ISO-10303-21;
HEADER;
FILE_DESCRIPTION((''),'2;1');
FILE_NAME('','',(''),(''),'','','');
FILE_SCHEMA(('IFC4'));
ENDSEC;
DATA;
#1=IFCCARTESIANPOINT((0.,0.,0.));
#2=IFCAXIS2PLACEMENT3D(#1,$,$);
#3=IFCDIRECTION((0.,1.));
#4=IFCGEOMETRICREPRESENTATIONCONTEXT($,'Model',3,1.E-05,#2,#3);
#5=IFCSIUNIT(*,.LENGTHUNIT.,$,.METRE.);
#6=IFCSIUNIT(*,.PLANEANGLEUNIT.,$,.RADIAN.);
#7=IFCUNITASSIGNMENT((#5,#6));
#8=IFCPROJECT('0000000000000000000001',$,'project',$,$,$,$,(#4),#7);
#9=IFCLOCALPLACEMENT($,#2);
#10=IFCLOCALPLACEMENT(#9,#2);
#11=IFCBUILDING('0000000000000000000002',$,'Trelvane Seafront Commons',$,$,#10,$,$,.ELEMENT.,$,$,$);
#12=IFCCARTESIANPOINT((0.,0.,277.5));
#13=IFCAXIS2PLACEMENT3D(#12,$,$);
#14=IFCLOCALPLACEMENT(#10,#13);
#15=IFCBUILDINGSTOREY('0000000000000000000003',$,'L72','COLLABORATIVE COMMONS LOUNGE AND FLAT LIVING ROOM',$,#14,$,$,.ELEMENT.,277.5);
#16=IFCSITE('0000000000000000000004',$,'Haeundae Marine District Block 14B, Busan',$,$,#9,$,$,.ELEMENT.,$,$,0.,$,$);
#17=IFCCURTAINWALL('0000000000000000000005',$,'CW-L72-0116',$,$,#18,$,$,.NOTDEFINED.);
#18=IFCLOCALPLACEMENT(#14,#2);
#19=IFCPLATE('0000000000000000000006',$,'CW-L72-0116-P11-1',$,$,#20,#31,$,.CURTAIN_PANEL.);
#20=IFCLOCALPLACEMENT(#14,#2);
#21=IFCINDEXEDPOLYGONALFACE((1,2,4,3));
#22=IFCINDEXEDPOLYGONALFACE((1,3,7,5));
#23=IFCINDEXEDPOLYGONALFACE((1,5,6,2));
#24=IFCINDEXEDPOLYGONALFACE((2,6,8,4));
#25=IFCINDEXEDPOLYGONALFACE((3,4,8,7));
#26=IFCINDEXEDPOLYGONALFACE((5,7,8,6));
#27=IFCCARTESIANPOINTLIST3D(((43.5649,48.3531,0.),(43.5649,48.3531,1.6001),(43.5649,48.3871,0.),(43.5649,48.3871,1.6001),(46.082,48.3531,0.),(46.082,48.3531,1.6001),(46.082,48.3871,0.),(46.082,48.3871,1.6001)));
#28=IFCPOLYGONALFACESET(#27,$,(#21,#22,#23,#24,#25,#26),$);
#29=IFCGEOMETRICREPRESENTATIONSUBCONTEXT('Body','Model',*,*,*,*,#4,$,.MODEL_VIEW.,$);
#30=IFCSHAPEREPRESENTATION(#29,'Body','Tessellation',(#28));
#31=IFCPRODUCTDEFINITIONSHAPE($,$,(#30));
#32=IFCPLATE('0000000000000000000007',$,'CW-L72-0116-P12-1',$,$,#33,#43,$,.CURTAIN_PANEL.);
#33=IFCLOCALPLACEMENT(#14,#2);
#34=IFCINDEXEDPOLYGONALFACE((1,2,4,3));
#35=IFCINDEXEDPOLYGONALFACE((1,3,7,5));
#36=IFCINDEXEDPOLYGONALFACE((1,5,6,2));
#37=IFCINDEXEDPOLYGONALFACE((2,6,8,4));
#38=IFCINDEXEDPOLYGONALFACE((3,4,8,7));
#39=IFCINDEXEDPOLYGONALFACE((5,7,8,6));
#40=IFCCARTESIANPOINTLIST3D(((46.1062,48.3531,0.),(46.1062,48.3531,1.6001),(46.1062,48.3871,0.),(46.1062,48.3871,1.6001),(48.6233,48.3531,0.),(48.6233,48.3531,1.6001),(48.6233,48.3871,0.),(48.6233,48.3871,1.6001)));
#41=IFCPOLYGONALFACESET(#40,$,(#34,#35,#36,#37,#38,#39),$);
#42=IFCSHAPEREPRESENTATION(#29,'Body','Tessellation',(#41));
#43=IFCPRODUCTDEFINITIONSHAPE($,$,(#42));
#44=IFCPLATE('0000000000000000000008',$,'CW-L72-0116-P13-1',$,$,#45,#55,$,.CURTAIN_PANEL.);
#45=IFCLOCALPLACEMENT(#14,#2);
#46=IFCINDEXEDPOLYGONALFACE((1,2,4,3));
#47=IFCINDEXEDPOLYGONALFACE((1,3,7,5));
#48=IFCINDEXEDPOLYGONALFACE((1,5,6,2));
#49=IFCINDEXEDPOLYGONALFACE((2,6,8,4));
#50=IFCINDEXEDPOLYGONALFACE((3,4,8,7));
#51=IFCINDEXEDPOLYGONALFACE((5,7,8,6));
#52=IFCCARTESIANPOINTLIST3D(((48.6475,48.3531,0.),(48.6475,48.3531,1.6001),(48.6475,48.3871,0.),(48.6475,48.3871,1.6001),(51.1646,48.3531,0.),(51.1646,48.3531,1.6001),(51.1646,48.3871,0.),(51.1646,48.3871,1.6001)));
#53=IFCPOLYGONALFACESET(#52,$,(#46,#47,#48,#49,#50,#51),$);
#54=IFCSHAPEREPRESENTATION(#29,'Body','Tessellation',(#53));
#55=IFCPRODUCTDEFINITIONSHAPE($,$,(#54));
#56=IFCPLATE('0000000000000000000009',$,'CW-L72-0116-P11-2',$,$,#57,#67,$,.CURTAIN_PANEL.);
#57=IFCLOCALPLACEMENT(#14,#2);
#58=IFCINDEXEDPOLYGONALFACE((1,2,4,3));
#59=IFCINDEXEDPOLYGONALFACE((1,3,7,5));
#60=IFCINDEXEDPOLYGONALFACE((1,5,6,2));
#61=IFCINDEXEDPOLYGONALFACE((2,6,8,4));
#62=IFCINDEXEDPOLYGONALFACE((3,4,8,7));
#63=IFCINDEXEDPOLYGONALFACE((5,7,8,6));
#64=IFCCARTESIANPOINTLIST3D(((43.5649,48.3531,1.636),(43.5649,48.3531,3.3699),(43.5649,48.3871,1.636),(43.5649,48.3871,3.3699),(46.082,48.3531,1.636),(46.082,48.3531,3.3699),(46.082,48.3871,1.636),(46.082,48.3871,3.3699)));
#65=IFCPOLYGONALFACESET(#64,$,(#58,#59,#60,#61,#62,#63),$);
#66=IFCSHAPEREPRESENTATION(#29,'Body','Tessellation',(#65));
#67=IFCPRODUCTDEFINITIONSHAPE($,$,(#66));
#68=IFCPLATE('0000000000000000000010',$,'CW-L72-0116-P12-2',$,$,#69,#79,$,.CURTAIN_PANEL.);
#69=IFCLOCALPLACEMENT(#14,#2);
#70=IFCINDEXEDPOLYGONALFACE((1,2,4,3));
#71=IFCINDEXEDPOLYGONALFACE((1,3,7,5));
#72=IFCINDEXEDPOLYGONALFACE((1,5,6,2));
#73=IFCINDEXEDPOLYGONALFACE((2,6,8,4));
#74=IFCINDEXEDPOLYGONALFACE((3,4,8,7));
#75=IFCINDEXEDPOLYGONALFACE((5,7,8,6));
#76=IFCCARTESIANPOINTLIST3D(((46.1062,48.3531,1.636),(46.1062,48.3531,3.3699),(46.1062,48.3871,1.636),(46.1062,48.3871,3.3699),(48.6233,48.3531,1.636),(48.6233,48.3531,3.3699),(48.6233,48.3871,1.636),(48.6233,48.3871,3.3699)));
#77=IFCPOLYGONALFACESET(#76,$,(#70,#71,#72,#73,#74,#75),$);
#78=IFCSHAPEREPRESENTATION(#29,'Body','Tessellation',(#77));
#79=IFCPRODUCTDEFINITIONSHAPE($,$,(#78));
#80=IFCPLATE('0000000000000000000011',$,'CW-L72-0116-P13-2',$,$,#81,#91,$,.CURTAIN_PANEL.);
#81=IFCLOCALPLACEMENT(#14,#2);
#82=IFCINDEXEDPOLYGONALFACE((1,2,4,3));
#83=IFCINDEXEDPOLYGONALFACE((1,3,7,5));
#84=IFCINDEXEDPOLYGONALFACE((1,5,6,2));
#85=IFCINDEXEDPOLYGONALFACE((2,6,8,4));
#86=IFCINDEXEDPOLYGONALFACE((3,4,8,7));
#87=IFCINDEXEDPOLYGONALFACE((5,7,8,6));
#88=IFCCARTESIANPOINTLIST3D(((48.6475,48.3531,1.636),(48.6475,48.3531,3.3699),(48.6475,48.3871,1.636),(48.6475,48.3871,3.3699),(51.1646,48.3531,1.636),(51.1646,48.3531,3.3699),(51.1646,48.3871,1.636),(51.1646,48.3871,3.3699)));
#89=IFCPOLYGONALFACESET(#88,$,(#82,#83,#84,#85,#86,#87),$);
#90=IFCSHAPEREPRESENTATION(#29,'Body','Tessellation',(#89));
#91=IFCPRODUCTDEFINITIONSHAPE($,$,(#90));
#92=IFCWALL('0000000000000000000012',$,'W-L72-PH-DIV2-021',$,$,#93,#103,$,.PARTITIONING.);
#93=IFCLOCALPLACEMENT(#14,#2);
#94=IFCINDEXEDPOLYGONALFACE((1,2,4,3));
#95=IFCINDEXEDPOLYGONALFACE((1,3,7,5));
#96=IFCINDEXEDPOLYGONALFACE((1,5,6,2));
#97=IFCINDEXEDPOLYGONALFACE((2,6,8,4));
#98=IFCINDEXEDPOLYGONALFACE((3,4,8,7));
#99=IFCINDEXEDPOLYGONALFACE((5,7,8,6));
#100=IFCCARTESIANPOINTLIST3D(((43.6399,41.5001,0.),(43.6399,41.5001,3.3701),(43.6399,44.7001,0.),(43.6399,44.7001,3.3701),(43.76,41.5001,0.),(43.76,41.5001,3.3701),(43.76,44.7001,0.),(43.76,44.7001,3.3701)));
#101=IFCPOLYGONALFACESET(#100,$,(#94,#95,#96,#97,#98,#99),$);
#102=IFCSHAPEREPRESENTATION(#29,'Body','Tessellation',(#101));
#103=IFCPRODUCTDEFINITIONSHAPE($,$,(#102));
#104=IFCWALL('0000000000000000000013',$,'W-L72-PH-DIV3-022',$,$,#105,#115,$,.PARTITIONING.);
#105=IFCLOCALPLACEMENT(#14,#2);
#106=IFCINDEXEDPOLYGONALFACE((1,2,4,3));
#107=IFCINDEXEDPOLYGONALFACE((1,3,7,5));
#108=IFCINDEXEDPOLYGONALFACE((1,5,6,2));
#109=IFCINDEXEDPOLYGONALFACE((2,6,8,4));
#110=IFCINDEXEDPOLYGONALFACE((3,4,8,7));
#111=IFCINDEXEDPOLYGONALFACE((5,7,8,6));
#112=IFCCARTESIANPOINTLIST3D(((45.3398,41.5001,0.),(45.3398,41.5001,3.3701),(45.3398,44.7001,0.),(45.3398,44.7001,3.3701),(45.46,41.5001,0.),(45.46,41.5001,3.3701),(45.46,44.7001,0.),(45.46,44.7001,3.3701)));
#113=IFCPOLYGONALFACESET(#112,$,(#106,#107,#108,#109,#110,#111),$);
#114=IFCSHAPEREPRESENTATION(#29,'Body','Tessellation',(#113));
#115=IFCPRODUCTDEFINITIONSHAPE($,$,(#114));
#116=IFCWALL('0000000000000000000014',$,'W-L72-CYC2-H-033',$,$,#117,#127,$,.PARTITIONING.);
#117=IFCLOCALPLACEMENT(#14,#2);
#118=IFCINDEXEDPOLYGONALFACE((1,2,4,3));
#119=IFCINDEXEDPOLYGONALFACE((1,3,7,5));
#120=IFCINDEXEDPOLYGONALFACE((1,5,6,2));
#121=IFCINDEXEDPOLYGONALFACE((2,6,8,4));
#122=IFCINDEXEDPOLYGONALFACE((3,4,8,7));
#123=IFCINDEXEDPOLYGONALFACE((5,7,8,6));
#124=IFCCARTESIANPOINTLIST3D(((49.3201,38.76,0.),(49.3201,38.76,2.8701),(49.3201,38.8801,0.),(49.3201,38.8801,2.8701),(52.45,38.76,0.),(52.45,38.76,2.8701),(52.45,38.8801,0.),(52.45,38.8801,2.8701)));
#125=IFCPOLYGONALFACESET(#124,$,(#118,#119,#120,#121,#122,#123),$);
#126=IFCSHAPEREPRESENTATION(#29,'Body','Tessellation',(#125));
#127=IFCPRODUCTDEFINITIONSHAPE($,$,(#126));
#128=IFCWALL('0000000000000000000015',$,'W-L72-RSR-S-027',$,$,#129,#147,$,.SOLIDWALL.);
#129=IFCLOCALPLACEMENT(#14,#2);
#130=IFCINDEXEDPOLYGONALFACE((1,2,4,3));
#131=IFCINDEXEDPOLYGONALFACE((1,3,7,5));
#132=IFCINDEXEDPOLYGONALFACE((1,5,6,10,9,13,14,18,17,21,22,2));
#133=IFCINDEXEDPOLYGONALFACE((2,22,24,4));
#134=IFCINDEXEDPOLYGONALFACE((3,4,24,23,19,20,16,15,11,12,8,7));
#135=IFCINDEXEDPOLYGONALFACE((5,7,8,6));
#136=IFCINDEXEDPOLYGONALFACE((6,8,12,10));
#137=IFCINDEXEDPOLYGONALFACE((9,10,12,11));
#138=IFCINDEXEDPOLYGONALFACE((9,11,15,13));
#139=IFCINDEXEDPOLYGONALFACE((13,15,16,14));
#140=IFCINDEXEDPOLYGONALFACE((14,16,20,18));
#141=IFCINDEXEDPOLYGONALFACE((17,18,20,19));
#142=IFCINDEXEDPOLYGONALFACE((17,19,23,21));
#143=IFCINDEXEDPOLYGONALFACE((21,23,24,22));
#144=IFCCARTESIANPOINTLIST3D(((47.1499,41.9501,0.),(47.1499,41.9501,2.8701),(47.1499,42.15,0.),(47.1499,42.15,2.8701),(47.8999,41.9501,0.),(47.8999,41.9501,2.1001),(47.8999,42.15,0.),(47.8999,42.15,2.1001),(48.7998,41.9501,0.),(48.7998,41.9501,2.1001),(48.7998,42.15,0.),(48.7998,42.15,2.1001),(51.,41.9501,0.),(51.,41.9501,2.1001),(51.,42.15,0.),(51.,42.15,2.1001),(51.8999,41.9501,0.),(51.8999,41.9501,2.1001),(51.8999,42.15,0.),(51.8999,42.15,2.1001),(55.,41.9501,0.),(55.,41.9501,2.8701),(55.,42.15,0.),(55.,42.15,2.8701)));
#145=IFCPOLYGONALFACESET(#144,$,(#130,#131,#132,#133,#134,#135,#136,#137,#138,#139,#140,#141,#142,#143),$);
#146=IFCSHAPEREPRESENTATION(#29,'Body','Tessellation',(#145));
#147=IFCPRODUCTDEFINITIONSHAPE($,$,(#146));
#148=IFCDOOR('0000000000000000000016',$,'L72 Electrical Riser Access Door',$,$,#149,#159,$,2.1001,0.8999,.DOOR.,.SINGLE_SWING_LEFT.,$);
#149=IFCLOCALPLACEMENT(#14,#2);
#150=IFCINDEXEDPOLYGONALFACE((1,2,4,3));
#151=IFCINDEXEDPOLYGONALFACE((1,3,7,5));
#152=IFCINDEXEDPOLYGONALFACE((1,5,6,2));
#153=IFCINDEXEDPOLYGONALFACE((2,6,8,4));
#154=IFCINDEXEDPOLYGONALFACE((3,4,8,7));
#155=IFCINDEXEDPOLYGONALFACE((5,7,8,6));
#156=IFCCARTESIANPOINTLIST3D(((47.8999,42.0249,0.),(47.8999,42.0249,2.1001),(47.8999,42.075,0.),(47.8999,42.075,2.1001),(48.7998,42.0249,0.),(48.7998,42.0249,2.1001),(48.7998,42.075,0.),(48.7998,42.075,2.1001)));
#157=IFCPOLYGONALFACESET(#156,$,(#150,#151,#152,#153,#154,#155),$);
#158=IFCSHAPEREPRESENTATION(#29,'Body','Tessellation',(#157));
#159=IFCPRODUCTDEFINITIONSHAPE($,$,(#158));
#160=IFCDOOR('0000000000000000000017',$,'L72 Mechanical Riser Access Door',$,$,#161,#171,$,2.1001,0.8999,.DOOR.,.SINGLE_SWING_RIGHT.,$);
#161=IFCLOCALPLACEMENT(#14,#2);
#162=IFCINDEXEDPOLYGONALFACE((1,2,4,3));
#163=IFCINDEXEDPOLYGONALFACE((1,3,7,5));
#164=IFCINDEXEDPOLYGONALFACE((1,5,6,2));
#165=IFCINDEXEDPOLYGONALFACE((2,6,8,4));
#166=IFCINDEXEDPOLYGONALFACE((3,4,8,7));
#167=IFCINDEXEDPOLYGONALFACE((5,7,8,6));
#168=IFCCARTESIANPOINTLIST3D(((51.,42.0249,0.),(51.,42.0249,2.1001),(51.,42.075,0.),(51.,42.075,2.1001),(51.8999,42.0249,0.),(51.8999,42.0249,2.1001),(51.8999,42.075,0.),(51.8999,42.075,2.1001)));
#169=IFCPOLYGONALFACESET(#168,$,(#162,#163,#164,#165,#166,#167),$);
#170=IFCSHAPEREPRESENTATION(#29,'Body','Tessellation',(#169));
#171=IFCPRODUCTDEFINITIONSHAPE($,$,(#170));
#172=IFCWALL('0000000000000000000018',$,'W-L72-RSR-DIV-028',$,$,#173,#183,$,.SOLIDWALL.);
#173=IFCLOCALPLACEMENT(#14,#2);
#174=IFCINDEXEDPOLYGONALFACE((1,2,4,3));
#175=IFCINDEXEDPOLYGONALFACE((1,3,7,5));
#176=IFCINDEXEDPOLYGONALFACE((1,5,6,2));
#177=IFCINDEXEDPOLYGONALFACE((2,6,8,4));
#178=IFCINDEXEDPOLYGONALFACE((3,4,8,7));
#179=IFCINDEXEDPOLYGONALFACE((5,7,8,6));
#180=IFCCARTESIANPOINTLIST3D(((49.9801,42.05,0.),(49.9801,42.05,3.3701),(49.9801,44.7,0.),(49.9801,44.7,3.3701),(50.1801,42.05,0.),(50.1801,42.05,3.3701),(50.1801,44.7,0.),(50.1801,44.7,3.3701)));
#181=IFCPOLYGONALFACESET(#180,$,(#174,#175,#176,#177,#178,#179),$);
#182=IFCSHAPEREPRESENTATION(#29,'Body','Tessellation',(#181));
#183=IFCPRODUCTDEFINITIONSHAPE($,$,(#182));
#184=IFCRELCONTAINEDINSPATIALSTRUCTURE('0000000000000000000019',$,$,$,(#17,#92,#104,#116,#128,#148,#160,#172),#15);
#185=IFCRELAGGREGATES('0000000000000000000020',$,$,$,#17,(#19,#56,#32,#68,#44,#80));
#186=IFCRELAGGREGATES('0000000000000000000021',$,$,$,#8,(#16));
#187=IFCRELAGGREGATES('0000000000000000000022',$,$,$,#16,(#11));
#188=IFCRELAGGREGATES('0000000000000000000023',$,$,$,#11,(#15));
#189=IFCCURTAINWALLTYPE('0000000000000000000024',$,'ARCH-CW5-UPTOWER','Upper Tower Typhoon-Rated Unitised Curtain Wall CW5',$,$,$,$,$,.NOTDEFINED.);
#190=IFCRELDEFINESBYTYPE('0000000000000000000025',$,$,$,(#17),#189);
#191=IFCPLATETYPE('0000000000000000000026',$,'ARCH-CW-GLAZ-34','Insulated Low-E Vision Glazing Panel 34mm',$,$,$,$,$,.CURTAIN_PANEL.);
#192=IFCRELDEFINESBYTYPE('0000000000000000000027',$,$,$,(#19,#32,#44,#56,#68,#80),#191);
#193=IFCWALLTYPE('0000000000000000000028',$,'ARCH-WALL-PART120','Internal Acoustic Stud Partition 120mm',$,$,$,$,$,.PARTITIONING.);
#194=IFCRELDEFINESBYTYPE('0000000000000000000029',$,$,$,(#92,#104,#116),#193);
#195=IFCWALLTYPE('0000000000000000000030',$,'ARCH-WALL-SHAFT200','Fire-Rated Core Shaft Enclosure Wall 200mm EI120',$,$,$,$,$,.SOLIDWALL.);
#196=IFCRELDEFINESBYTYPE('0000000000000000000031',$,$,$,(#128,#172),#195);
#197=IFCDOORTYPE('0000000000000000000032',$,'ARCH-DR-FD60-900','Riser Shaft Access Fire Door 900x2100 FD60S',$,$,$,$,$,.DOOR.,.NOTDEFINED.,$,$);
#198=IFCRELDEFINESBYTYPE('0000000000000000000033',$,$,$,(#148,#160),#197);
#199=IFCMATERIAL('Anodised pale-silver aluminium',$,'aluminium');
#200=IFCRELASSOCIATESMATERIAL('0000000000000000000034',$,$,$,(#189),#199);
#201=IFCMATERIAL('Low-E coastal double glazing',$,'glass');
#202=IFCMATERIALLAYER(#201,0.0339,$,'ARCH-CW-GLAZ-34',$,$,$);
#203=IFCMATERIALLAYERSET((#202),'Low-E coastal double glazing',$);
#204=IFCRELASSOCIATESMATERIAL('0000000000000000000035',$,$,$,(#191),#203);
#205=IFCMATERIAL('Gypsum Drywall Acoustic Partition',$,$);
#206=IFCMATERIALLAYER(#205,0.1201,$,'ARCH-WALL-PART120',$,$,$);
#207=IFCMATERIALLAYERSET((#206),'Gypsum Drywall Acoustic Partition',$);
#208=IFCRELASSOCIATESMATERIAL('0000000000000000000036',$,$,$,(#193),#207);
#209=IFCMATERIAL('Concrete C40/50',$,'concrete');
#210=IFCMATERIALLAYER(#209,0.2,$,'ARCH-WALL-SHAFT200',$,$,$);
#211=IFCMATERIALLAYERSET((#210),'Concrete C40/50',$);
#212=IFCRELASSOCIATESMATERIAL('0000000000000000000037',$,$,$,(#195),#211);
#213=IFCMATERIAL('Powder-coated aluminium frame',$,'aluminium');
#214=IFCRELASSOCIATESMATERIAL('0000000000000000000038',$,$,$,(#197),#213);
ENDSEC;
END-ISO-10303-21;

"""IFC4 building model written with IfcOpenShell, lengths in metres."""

from ifc_helpers import new_model, si_unit, direction, frame, frame_2d, origin, origin_2d, place, context, subcontext, project, spatial, rectangle, extrude, source, transform, mapped, material, layer, layer_set, type_object, element, fill, aggregate, save


model = new_model("IFC4")

# Units and contexts
model_context = context("Model", 3, precision=1e-05, world=origin(), true_north=direction((0.0, 1.0)))
body_context = subcontext(model_context, "Body", "Model", "MODEL_VIEW")
ifc_project = project(units=[si_unit("LENGTHUNIT", "METRE"), si_unit("PLANEANGLEUNIT", "RADIAN")], contexts=[model_context])

# Site, building, storey
site_placement = place(None, origin())
site = spatial("IfcSite", under=ifc_project, at=site_placement, Name="Haeundae Marine District Block 14B, Busan", CompositionType="ELEMENT", RefElevation=0.0)
building_placement = place(site_placement, origin())
building = spatial("IfcBuilding", under=site, at=building_placement, Name="Trelvane Seafront Commons", CompositionType="ELEMENT")
storey_placement = place(building_placement, frame((0.0, 0.0, 277.5)))
storey = spatial("IfcBuildingStorey", under=building, at=storey_placement, Name="L72", Description="COLLABORATIVE COMMONS LOUNGE AND FLAT LIVING ROOM", CompositionType="ELEMENT", Elevation=277.5)

# Curtain wall
ifc_material_1 = material(Name="Anodised pale-silver aluminium", Category="aluminium")
curtain_wall_type = type_object("IfcCurtainWallType", Name="ARCH-CW5-UPTOWER", Description="Upper Tower Typhoon-Rated Unitised Curtain Wall CW5", PredefinedType="NOTDEFINED", material=ifc_material_1)
curtain_wall_placement = place(storey_placement, origin())
curtain_wall = element("IfcCurtainWall", 1, at=curtain_wall_placement, inside=storey, type_object=curtain_wall_type, Name="CW-L72-0116", PredefinedType="NOTDEFINED")

# Plates
ifc_material_2 = material(Name="Low-E coastal double glazing", Category="glass")
ifc_layer_1 = layer(ifc_material_2, 0.0339, Name="ARCH-CW-GLAZ-34")
ifc_layer_set_1 = layer_set([ifc_layer_1], Name="Low-E coastal double glazing")
plate_type_1 = type_object("IfcPlateType", Name="ARCH-CW-GLAZ-34", Description="Insulated Low-E Vision Glazing Panel 34mm", PredefinedType="CURTAIN_PANEL", material=ifc_layer_set_1)
shared_shape_1 = source(origin(), body_context, "Body", "SweptSolid", [
    extrude(rectangle(XDim=2.5171, YDim=0.0339, at=origin_2d()), origin(), (0.0, 0.0, 1.0), 1.6001),
])
plate_1_placement = place(storey_placement, frame((44.8235, 48.3701, 0.0), z_axis=(0.0, 0.0, 1.0), x_axis=(1.0, 0.0, 0.0)))
plate_1 = element("IfcPlate", 2, at=plate_1_placement, type_object=plate_type_1, Name="CW-L72-0116-P11-1", PredefinedType="CURTAIN_PANEL", context=body_context, shape_type="MappedRepresentation", body=[
    mapped(shared_shape_1, transform((0.0, 0.0, 0.0), x_axis=(1.0, 0.0, 0.0), y_axis=(0.0, 1.0, 0.0), z_axis=(0.0, 0.0, 1.0), scale=1.0)),
])
plate_2_placement = place(storey_placement, frame((47.3647, 48.3701, 0.0), z_axis=(0.0, 0.0, 1.0), x_axis=(1.0, 0.0, 0.0)))
plate_2 = element("IfcPlate", 3, at=plate_2_placement, type_object=plate_type_1, Name="CW-L72-0116-P12-1", PredefinedType="CURTAIN_PANEL", context=body_context, shape_type="MappedRepresentation", body=[
    mapped(shared_shape_1, transform((0.0, 0.0, 0.0), x_axis=(1.0, 0.0, 0.0), y_axis=(0.0, 1.0, 0.0), z_axis=(0.0, 0.0, 1.0), scale=1.0)),
])
plate_3_placement = place(storey_placement, frame((49.906, 48.3701, 0.0), z_axis=(0.0, 0.0, 1.0), x_axis=(1.0, 0.0, 0.0)))
plate_3 = element("IfcPlate", 4, at=plate_3_placement, type_object=plate_type_1, Name="CW-L72-0116-P13-1", PredefinedType="CURTAIN_PANEL", context=body_context, shape_type="MappedRepresentation", body=[
    mapped(shared_shape_1, transform((0.0, 0.0, 0.0), x_axis=(1.0, 0.0, 0.0), y_axis=(0.0, 1.0, 0.0), z_axis=(0.0, 0.0, 1.0), scale=1.0)),
])
shared_shape_2 = source(origin(), body_context, "Body", "SweptSolid", [
    extrude(rectangle(XDim=2.5171, YDim=0.0339, at=origin_2d()), origin(), (0.0, 0.0, 1.0), 1.7339),
])
plate_4_placement = place(storey_placement, frame((44.8235, 48.3701, 1.636), z_axis=(0.0, 0.0, 1.0), x_axis=(1.0, 0.0, 0.0)))
plate_4 = element("IfcPlate", 5, at=plate_4_placement, type_object=plate_type_1, Name="CW-L72-0116-P11-2", PredefinedType="CURTAIN_PANEL", context=body_context, shape_type="MappedRepresentation", body=[
    mapped(shared_shape_2, transform((0.0, 0.0, 0.0), x_axis=(1.0, 0.0, 0.0), y_axis=(0.0, 1.0, 0.0), z_axis=(0.0, 0.0, 1.0), scale=1.0)),
])
plate_5_placement = place(storey_placement, frame((47.3647, 48.3701, 1.636), z_axis=(0.0, 0.0, 1.0), x_axis=(1.0, 0.0, 0.0)))
plate_5 = element("IfcPlate", 6, at=plate_5_placement, type_object=plate_type_1, Name="CW-L72-0116-P12-2", PredefinedType="CURTAIN_PANEL", context=body_context, shape_type="MappedRepresentation", body=[
    mapped(shared_shape_2, transform((0.0, 0.0, 0.0), x_axis=(1.0, 0.0, 0.0), y_axis=(0.0, 1.0, 0.0), z_axis=(0.0, 0.0, 1.0), scale=1.0)),
])
plate_6_placement = place(storey_placement, frame((49.906, 48.3701, 1.636), z_axis=(0.0, 0.0, 1.0), x_axis=(1.0, 0.0, 0.0)))
plate_6 = element("IfcPlate", 7, at=plate_6_placement, type_object=plate_type_1, Name="CW-L72-0116-P13-2", PredefinedType="CURTAIN_PANEL", context=body_context, shape_type="MappedRepresentation", body=[
    mapped(shared_shape_2, transform((0.0, 0.0, 0.0), x_axis=(1.0, 0.0, 0.0), y_axis=(0.0, 1.0, 0.0), z_axis=(0.0, 0.0, 1.0), scale=1.0)),
])
aggregate(curtain_wall, [plate_1, plate_4, plate_2, plate_5, plate_3, plate_6])

# Walls
ifc_material_3 = material(Name="Gypsum Drywall Acoustic Partition")
ifc_layer_2 = layer(ifc_material_3, 0.1201, Name="ARCH-WALL-PART120")
ifc_layer_set_2 = layer_set([ifc_layer_2], Name="Gypsum Drywall Acoustic Partition")
wall_type_1 = type_object("IfcWallType", Name="ARCH-WALL-PART120", Description="Internal Acoustic Stud Partition 120mm", PredefinedType="PARTITIONING", material=ifc_layer_set_2)
for number, where, z_axis, x_axis, name in (
    (8, (43.7, 41.5, 0.0), (0.0, 0.0, 1.0), (0.0, 1.0, 0.0), "W-L72-PH-DIV2-021"),
    (9, (45.3999, 41.5, 0.0), (0.0, 0.0, 1.0), (0.0, 1.0, 0.0), "W-L72-PH-DIV3-022"),
):
    element("IfcWall", number, at=place(storey_placement, frame(where, z_axis=z_axis, x_axis=x_axis)), inside=storey, type_object=wall_type_1, Name=name, PredefinedType="PARTITIONING", context=body_context, shape_type="SweptSolid", body=[
        extrude(rectangle(XDim=3.2, YDim=0.1201, at=frame_2d((1.6001, 0.0))), origin(), (0.0, 0.0, 1.0), 3.3701),
    ])
wall_1_placement = place(storey_placement, frame((49.3201, 38.8201, 0.0), z_axis=(0.0, 0.0, 1.0), x_axis=(1.0, 0.0, 0.0)))
element("IfcWall", 10, at=wall_1_placement, inside=storey, type_object=wall_type_1, Name="W-L72-CYC2-H-033", PredefinedType="PARTITIONING", context=body_context, shape_type="SweptSolid", body=[
    extrude(rectangle(XDim=3.1299, YDim=0.1201, at=frame_2d((1.5649, 0.0))), origin(), (0.0, 0.0, 1.0), 2.8701),
])

# Wall, openings, doors
ifc_material_4 = material(Name="Concrete C40/50", Category="concrete")
ifc_layer_3 = layer(ifc_material_4, 0.2, Name="ARCH-WALL-SHAFT200")
ifc_layer_set_3 = layer_set([ifc_layer_3], Name="Concrete C40/50")
wall_type_2 = type_object("IfcWallType", Name="ARCH-WALL-SHAFT200", Description="Fire-Rated Core Shaft Enclosure Wall 200mm EI120", PredefinedType="SOLIDWALL", material=ifc_layer_set_3)
wall_2_placement = place(storey_placement, frame((47.1499, 42.05, 0.0), z_axis=(0.0, 0.0, 1.0), x_axis=(1.0, 0.0, 0.0)))
wall_2 = element("IfcWall", 11, at=wall_2_placement, inside=storey, type_object=wall_type_2, Name="W-L72-RSR-S-027", PredefinedType="SOLIDWALL", context=body_context, shape_type="SweptSolid", body=[
    extrude(rectangle(XDim=7.8501, YDim=0.2, at=frame_2d((3.925, 0.0))), origin(), (0.0, 0.0, 1.0), 2.8701),
])
opening_1_placement = place(wall_2_placement, frame((0.75, 0.0, 0.0)))
opening_1 = element("IfcOpeningElement", 12, at=opening_1_placement, cuts=wall_2, PredefinedType="OPENING", context=body_context, shape_type="SweptSolid", body=[
    extrude(rectangle(XDim=0.8999, YDim=2.1001, at=frame_2d((0.45, 1.05))), frame((0.0, 0.1099, 0.0), z_axis=(0.0, -1.0, 0.0), x_axis=(1.0, 0.0, 0.0)), (0.0, 0.0, 1.0), 0.22),
])
opening_2_placement = place(wall_2_placement, frame((3.8501, 0.0, 0.0)))
opening_2 = element("IfcOpeningElement", 13, at=opening_2_placement, cuts=wall_2, PredefinedType="OPENING", context=body_context, shape_type="SweptSolid", body=[
    extrude(rectangle(XDim=0.8999, YDim=2.1001, at=frame_2d((0.45, 1.05))), frame((0.0, 0.1099, 0.0), z_axis=(0.0, -1.0, 0.0), x_axis=(1.0, 0.0, 0.0)), (0.0, 0.0, 1.0), 0.22),
])
ifc_material_5 = material(Name="Powder-coated aluminium frame", Category="aluminium")
door_type = type_object("IfcDoorType", Name="ARCH-DR-FD60-900", Description="Riser Shaft Access Fire Door 900x2100 FD60S", OperationType="NOTDEFINED", PredefinedType="DOOR", material=ifc_material_5)
shared_shape_3 = source(origin(), body_context, "Body", "SweptSolid", [
    extrude(rectangle(XDim=0.8999, YDim=2.1001, at=frame_2d((0.45, 1.05))), frame((0.0, 0.0249, 0.0), z_axis=(0.0, -1.0, 0.0), x_axis=(1.0, 0.0, 0.0)), (0.0, 0.0, 1.0), 0.05),
])
door_1_placement = place(opening_1_placement, origin())
door_1 = element("IfcDoor", 14, at=door_1_placement, inside=storey, type_object=door_type, Name="L72 Electrical Riser Access Door", OperationType="SINGLE_SWING_LEFT", OverallHeight=2.1001, OverallWidth=0.8999, PredefinedType="DOOR", context=body_context, shape_type="MappedRepresentation", body=[
    mapped(shared_shape_3, transform((0.0, 0.0, 0.0), x_axis=(1.0, 0.0, 0.0), y_axis=(0.0, 1.0, 0.0), z_axis=(0.0, 0.0, 1.0), scale=1.0)),
])
fill(opening_1, door_1)
door_2_placement = place(opening_2_placement, origin())
door_2 = element("IfcDoor", 15, at=door_2_placement, inside=storey, type_object=door_type, Name="L72 Mechanical Riser Access Door", OperationType="SINGLE_SWING_RIGHT", OverallHeight=2.1001, OverallWidth=0.8999, PredefinedType="DOOR", context=body_context, shape_type="MappedRepresentation", body=[
    mapped(shared_shape_3, transform((0.0, 0.0, 0.0), x_axis=(1.0, 0.0, 0.0), y_axis=(0.0, 1.0, 0.0), z_axis=(0.0, 0.0, 1.0), scale=1.0)),
])
fill(opening_2, door_2)

# Wall
wall_3_placement = place(storey_placement, frame((50.0801, 42.05, 0.0), z_axis=(0.0, 0.0, 1.0), x_axis=(0.0, 1.0, 0.0)))
element("IfcWall", 16, at=wall_3_placement, inside=storey, type_object=wall_type_2, Name="W-L72-RSR-DIV-028", PredefinedType="SOLIDWALL", context=body_context, shape_type="SweptSolid", body=[
    extrude(rectangle(XDim=2.6499, YDim=0.2, at=frame_2d((1.325, 0.0))), origin(), (0.0, 0.0, 1.0), 3.3701),
])

save(model, "model.ifc")
